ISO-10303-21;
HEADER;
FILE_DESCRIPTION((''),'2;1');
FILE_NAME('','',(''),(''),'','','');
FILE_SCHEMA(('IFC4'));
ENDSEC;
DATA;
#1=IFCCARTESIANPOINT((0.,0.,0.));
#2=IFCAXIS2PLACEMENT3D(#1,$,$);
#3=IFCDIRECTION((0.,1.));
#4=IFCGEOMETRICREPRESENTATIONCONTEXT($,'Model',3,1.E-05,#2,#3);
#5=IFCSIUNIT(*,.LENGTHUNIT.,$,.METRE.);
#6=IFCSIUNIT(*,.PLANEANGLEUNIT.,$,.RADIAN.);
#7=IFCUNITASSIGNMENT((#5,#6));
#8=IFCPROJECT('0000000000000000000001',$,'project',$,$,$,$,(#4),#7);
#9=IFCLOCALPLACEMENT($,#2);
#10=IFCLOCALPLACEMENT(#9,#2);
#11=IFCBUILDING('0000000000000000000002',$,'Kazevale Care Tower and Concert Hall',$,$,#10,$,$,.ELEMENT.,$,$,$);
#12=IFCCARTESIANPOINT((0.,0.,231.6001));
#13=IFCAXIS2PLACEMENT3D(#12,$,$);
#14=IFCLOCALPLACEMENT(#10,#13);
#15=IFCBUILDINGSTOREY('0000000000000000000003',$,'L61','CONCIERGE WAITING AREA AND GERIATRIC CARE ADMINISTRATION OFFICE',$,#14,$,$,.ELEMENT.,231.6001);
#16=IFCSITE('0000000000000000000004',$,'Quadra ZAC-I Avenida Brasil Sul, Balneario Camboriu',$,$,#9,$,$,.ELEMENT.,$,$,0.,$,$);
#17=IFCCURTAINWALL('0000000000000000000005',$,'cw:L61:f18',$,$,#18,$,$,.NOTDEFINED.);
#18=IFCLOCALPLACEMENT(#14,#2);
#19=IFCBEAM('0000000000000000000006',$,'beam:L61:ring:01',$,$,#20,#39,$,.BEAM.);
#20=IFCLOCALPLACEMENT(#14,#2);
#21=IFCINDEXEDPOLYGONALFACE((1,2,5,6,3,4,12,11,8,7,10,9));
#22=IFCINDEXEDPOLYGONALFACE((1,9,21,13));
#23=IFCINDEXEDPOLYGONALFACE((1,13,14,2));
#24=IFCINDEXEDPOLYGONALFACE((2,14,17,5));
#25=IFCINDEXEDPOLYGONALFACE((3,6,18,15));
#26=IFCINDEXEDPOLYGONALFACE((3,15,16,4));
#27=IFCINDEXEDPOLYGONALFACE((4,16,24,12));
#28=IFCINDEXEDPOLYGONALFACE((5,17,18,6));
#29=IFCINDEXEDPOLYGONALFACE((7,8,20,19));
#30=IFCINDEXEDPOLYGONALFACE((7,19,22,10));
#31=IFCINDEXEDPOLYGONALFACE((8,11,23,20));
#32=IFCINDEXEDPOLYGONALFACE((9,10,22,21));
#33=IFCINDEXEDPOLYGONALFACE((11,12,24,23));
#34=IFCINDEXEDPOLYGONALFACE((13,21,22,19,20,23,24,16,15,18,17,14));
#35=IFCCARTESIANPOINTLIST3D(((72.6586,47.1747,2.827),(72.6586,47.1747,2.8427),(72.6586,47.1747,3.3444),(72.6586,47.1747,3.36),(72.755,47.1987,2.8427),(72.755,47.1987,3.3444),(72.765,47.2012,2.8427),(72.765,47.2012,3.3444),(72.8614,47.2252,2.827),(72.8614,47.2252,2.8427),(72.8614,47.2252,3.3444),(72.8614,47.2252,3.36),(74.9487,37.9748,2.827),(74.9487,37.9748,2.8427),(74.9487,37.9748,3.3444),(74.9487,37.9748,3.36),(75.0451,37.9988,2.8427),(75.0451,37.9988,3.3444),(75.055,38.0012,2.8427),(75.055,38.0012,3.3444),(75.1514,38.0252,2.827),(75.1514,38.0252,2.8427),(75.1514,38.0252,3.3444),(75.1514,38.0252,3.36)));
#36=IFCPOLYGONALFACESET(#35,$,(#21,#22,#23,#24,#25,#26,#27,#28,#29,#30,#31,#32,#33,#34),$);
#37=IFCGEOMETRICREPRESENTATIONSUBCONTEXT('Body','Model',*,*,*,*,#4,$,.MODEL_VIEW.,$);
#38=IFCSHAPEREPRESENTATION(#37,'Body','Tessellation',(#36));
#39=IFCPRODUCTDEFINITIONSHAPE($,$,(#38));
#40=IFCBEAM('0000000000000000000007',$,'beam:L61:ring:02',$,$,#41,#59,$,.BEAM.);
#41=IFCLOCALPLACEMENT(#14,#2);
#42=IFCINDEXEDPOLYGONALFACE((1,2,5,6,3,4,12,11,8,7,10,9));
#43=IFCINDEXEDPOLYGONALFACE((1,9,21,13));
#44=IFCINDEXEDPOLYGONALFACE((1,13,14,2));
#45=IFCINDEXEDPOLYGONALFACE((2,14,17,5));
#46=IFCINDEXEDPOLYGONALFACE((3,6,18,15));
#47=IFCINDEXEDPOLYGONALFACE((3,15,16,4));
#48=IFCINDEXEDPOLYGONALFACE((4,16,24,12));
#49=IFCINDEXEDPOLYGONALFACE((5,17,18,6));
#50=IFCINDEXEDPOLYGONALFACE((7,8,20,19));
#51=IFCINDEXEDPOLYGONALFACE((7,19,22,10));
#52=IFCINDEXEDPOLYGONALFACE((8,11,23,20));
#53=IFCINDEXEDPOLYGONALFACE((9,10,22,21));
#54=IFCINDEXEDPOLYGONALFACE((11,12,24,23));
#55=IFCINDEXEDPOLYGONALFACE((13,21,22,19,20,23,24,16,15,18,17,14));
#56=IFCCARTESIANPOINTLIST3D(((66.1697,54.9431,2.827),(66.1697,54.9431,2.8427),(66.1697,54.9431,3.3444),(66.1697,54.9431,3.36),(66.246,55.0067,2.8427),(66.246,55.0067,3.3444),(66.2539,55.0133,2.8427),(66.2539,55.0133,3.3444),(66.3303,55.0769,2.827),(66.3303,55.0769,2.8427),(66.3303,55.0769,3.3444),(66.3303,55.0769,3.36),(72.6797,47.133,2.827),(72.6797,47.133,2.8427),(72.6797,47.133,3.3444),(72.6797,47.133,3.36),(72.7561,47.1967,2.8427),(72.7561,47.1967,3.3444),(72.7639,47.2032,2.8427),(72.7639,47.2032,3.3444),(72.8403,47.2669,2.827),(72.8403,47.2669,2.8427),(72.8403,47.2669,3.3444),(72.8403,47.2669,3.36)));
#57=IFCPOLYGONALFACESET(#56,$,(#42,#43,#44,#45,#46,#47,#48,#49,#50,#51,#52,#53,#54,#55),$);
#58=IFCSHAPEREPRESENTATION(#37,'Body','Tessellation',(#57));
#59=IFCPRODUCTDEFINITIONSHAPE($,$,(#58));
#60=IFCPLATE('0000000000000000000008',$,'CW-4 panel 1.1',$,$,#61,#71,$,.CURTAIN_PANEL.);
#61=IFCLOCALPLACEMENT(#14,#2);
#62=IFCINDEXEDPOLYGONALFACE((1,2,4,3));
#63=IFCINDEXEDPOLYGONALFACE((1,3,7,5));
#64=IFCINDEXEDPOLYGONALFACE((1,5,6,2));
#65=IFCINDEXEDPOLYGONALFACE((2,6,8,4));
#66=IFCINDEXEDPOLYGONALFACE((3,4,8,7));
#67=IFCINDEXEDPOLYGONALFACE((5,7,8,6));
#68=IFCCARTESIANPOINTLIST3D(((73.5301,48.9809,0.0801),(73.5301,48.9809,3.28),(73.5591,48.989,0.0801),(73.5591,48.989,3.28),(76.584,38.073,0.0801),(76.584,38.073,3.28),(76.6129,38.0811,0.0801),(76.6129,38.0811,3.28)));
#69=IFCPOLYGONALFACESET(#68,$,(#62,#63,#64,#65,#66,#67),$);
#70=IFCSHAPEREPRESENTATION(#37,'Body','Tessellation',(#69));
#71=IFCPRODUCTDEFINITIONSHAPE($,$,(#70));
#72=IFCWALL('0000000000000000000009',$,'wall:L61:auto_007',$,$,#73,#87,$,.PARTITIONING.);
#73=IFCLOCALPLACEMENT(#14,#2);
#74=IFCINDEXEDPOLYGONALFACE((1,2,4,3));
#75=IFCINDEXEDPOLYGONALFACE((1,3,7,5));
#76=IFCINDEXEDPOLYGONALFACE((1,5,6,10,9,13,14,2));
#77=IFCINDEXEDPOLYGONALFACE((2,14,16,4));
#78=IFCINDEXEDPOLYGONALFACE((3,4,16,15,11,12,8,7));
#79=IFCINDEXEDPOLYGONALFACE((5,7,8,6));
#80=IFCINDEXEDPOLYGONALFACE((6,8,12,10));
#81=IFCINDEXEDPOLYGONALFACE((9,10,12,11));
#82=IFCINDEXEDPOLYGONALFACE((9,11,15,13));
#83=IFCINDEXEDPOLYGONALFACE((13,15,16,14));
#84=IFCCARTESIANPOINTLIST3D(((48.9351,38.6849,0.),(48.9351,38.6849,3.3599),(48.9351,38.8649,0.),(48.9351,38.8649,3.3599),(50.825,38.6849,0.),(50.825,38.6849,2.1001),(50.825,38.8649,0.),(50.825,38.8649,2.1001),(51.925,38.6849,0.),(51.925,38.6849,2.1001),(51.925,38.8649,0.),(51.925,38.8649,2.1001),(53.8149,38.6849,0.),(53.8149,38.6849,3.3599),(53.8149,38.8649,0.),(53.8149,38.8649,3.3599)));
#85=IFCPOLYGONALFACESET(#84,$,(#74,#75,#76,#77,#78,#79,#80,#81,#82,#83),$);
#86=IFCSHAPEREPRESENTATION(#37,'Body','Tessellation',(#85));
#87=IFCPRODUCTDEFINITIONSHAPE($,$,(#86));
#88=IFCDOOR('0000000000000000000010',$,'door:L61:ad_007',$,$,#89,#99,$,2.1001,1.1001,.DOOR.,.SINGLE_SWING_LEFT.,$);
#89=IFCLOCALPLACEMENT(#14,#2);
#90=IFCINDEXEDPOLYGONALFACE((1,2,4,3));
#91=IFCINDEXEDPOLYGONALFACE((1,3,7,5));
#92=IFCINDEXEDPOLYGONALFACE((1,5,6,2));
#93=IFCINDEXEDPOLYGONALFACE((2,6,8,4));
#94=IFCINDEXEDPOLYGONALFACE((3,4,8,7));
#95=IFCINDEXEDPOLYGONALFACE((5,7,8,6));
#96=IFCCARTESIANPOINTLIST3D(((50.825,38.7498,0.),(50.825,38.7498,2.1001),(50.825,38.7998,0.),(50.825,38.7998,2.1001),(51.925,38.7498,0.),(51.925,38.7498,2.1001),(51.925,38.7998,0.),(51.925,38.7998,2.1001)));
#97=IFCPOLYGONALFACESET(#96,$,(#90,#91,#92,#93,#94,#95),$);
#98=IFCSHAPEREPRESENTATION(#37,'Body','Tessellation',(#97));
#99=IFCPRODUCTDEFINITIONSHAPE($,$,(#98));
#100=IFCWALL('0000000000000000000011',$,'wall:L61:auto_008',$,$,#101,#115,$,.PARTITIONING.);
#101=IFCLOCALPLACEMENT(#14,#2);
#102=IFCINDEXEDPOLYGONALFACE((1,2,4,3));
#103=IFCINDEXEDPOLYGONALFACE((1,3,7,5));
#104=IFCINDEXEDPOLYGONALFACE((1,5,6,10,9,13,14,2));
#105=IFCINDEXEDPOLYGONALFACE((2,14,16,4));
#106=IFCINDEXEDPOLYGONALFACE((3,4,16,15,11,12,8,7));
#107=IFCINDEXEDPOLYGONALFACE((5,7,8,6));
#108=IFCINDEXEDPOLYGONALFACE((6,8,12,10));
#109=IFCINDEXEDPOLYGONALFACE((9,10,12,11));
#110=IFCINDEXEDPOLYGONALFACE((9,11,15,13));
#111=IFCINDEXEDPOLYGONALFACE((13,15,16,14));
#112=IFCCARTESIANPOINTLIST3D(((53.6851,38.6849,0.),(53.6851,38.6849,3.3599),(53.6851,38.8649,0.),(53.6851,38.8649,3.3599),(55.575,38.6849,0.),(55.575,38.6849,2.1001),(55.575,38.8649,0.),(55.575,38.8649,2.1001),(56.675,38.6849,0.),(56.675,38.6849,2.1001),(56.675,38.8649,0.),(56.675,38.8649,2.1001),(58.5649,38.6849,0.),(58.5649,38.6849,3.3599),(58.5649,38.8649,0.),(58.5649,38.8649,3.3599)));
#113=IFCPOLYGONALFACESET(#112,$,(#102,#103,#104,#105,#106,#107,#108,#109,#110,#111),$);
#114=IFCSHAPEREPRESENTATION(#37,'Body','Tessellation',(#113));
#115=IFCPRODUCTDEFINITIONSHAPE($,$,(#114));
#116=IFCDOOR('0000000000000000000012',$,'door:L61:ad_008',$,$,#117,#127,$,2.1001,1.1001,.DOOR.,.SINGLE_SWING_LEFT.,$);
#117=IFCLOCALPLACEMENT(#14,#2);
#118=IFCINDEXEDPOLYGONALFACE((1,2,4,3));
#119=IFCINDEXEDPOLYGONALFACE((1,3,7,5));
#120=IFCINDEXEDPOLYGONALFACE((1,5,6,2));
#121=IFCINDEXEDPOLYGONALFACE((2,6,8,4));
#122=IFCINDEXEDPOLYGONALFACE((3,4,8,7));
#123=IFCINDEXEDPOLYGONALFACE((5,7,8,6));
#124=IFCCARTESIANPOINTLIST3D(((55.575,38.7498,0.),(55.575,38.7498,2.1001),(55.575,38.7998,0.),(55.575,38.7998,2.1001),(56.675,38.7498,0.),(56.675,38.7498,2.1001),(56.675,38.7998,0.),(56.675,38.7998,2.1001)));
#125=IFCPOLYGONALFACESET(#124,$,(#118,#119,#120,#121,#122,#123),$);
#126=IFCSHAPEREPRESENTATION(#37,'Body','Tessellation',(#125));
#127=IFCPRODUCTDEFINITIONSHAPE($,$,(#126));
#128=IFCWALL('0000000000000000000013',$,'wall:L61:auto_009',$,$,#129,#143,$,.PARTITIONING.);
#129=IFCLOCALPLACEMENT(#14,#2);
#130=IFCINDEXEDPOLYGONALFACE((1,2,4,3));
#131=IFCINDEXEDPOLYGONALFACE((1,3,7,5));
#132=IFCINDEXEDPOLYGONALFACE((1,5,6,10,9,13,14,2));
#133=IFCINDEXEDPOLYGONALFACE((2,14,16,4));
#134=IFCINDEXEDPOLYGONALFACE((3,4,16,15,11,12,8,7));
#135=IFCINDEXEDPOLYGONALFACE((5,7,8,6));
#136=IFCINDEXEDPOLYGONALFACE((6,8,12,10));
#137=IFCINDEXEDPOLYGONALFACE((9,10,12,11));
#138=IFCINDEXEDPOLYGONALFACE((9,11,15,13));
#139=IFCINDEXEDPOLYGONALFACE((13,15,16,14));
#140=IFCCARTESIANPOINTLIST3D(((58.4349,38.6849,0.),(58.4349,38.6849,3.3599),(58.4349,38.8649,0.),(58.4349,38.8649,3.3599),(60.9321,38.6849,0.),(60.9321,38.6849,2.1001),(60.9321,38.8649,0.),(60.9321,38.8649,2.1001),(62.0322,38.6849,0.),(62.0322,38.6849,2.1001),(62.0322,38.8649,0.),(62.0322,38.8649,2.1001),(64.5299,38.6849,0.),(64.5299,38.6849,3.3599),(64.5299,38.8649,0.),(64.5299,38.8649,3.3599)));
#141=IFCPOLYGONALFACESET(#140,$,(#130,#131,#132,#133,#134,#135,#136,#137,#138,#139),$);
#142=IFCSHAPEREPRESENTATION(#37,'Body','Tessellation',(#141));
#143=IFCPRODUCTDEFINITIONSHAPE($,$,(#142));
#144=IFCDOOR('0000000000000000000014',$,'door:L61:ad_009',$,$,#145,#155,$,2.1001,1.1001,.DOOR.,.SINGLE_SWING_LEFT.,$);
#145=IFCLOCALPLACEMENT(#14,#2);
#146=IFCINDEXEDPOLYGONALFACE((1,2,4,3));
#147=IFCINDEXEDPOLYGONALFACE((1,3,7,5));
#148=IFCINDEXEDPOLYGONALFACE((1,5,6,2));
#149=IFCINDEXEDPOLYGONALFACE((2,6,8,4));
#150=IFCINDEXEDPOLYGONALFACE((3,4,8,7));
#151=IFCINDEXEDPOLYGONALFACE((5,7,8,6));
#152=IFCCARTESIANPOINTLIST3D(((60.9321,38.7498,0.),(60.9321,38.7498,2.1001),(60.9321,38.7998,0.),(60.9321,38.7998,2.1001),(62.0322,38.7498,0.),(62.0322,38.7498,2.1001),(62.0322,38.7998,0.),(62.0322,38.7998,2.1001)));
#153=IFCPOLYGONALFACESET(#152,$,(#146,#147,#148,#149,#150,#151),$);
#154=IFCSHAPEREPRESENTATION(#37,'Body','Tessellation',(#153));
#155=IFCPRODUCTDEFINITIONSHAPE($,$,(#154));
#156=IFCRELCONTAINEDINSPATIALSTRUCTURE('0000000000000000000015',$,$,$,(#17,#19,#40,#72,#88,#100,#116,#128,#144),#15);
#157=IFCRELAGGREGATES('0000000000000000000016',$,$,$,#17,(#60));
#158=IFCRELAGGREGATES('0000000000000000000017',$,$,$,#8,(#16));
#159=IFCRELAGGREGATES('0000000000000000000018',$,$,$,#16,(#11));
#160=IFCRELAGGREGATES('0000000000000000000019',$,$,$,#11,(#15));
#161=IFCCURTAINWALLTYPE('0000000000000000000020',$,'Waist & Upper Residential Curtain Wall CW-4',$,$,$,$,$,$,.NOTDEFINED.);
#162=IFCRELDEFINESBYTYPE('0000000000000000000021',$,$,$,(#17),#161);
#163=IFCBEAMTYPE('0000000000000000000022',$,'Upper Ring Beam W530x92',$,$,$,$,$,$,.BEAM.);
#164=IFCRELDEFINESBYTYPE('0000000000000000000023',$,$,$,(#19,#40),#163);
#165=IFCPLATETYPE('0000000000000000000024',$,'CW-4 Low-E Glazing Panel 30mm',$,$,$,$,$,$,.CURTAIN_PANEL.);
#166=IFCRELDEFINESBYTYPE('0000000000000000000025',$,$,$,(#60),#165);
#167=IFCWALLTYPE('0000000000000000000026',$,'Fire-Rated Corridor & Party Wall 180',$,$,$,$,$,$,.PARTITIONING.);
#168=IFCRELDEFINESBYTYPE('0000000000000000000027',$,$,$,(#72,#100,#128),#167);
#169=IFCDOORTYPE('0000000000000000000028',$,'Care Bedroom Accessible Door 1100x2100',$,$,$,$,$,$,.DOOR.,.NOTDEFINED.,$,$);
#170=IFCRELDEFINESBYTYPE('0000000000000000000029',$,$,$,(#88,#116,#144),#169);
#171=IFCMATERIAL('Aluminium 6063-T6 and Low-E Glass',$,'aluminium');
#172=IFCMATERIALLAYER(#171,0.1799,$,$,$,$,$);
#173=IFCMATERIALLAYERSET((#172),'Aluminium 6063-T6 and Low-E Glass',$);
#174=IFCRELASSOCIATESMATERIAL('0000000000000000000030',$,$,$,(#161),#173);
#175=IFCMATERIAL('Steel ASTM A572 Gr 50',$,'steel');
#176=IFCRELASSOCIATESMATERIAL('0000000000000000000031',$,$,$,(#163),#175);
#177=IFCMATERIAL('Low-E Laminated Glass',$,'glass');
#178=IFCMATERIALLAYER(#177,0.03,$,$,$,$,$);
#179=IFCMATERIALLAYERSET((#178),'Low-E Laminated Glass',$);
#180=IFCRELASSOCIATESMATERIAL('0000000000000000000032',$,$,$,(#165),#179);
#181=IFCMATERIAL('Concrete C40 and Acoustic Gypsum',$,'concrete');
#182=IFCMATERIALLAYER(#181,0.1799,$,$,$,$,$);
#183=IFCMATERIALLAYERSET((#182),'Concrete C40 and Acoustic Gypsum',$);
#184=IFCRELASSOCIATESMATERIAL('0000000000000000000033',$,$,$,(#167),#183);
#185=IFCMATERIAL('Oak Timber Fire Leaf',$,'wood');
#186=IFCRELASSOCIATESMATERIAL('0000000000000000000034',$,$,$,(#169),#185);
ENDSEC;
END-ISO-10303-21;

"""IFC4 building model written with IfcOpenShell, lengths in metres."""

from ifc_helpers import new_model, si_unit, direction, frame, frame_2d, origin, origin_2d, place, context, subcontext, project, spatial, rectangle, i_section, extrude, material, layer, layer_set, material_profile, profile_set, type_object, element, fill, aggregate, save


model = new_model("IFC4")

# Units and contexts
model_context = context("Model", 3, precision=1e-05, world=origin(), true_north=direction((0.0, 1.0)))
body_context = subcontext(model_context, "Body", "Model", "MODEL_VIEW")
ifc_project = project(units=[si_unit("LENGTHUNIT", "METRE"), si_unit("PLANEANGLEUNIT", "RADIAN")], contexts=[model_context])

# Site, building, storey
site_placement = place(None, origin())
site = spatial("IfcSite", under=ifc_project, at=site_placement, Name="Quadra ZAC-I Avenida Brasil Sul, Balneario Camboriu", CompositionType="ELEMENT", RefElevation=0.0)
building_placement = place(site_placement, origin())
building = spatial("IfcBuilding", under=site, at=building_placement, Name="Kazevale Care Tower and Concert Hall", CompositionType="ELEMENT")
storey_placement = place(building_placement, frame((0.0, 0.0, 231.6001)))
storey = spatial("IfcBuildingStorey", under=building, at=storey_placement, Name="L61", Description="CONCIERGE WAITING AREA AND GERIATRIC CARE ADMINISTRATION OFFICE", CompositionType="ELEMENT", Elevation=231.6001)

# Curtain wall
ifc_material_1 = material(Name="Aluminium 6063-T6 and Low-E Glass", Category="aluminium")
ifc_layer_1 = layer(ifc_material_1, 0.1799)
ifc_layer_set_1 = layer_set([ifc_layer_1], Name="Aluminium 6063-T6 and Low-E Glass")
curtain_wall_type = type_object("IfcCurtainWallType", Name="Waist & Upper Residential Curtain Wall CW-4", PredefinedType="NOTDEFINED", material=ifc_layer_set_1)
curtain_wall_placement = place(storey_placement, origin())
curtain_wall = element("IfcCurtainWall", 1, at=curtain_wall_placement, inside=storey, type_object=curtain_wall_type, Name="cw:L61:f18", PredefinedType="NOTDEFINED")

# Beams
ifc_material_2 = material(Name="Steel ASTM A572 Gr 50", Category="steel")
ifc_material_profile_1 = material_profile(ifc_material_2, i_section(OverallWidth=0.209, OverallDepth=0.533, WebThickness=0.0103, FlangeThickness=0.0156, at=origin_2d()), Name="W530x92")
ifc_profile_set_1 = profile_set([ifc_material_profile_1], Name="Steel ASTM A572 Gr 50")
beam_type_1 = type_object("IfcBeamType", Name="Upper Ring Beam W530x92", PredefinedType="BEAM", material=ifc_profile_set_1)
beam_1_placement = place(storey_placement, frame((75.05, 38.0, 3.0935), z_axis=(-0.241548, 0.970389, 0.0), x_axis=(-0.970389, -0.241548, 0.0)))
element("IfcBeam", 2, at=beam_1_placement, inside=storey, type_object=beam_type_1, Name="beam:L61:ring:01", PredefinedType="BEAM", context=body_context, shape_type="SweptSolid", body=[
    extrude(i_section(OverallWidth=0.209, OverallDepth=0.533, WebThickness=0.0103, FlangeThickness=0.0156, at=origin_2d()), origin(), (0.0, 0.0, 1.0), 9.4807),
])
beam_2_placement = place(storey_placement, frame((72.76, 47.2, 3.0935), z_axis=(-0.640279, 0.768143, 0.0), x_axis=(-0.768143, -0.640279, 0.0)))
element("IfcBeam", 3, at=beam_2_placement, inside=storey, type_object=beam_type_1, Name="beam:L61:ring:02", PredefinedType="BEAM", context=body_context, shape_type="SweptSolid", body=[
    extrude(i_section(OverallWidth=0.209, OverallDepth=0.533, WebThickness=0.0103, FlangeThickness=0.0156, at=origin_2d()), origin(), (0.0, 0.0, 1.0), 10.1675),
])

# Plate
ifc_material_3 = material(Name="Low-E Laminated Glass", Category="glass")
ifc_layer_2 = layer(ifc_material_3, 0.03)
ifc_layer_set_2 = layer_set([ifc_layer_2], Name="Low-E Laminated Glass")
plate_type = type_object("IfcPlateType", Name="CW-4 Low-E Glazing Panel 30mm", PredefinedType="CURTAIN_PANEL", material=ifc_layer_set_2)
plate_placement = place(storey_placement, frame((75.0715, 43.531, 0.0801), z_axis=(0.0, 0.0, 1.0), x_axis=(0.269601, -0.962972, 0.0)))
plate = element("IfcPlate", 4, at=plate_placement, type_object=plate_type, Name="CW-4 panel 1.1", PredefinedType="CURTAIN_PANEL", context=body_context, shape_type="SweptSolid", body=[
    extrude(rectangle(XDim=11.3274, YDim=0.03, at=origin_2d()), origin(), (0.0, 0.0, 1.0), 3.2),
])
aggregate(curtain_wall, [plate])

# Walls, openings, doors
ifc_material_4 = material(Name="Concrete C40 and Acoustic Gypsum", Category="concrete")
ifc_layer_3 = layer(ifc_material_4, 0.1799)
ifc_layer_set_3 = layer_set([ifc_layer_3], Name="Concrete C40 and Acoustic Gypsum")
wall_type_1 = type_object("IfcWallType", Name="Fire-Rated Corridor & Party Wall 180", PredefinedType="PARTITIONING", material=ifc_layer_set_3)
wall_1_placement = place(storey_placement, frame((48.9351, 38.7749, 0.0), z_axis=(0.0, 0.0, 1.0), x_axis=(1.0, 0.0, 0.0)))
wall_1 = element("IfcWall", 5, at=wall_1_placement, inside=storey, type_object=wall_type_1, Name="wall:L61:auto_007", PredefinedType="PARTITIONING", context=body_context, shape_type="SweptSolid", body=[
    extrude(rectangle(XDim=4.8799, YDim=0.1799, at=frame_2d((2.4399, 0.0))), origin(), (0.0, 0.0, 1.0), 3.3599),
])
opening_1_placement = place(wall_1_placement, frame((1.8899, 0.0, 0.0)))
opening_1 = element("IfcOpeningElement", 6, at=opening_1_placement, cuts=wall_1, PredefinedType="OPENING", context=body_context, shape_type="SweptSolid", body=[
    extrude(rectangle(XDim=1.1001, YDim=2.1001, at=frame_2d((0.55, 1.05))), frame((0.0, 0.0999, 0.0), z_axis=(0.0, -1.0, 0.0), x_axis=(1.0, 0.0, 0.0)), (0.0, 0.0, 1.0), 0.2),
])
ifc_material_5 = material(Name="Oak Timber Fire Leaf", Category="wood")
door_type = type_object("IfcDoorType", Name="Care Bedroom Accessible Door 1100x2100", OperationType="NOTDEFINED", PredefinedType="DOOR", material=ifc_material_5)
door_1_placement = place(opening_1_placement, origin())
door_1 = element("IfcDoor", 7, at=door_1_placement, inside=storey, type_object=door_type, Name="door:L61:ad_007", OperationType="SINGLE_SWING_LEFT", OverallHeight=2.1001, OverallWidth=1.1001, PredefinedType="DOOR", context=body_context, shape_type="SweptSolid", body=[
    extrude(rectangle(XDim=1.1001, YDim=2.1001, at=frame_2d((0.55, 1.05))), frame((0.0, 0.0249, 0.0), z_axis=(0.0, -1.0, 0.0), x_axis=(1.0, 0.0, 0.0)), (0.0, 0.0, 1.0), 0.05),
])
fill(opening_1, door_1)
wall_2_placement = place(storey_placement, frame((53.6851, 38.7749, 0.0), z_axis=(0.0, 0.0, 1.0), x_axis=(1.0, 0.0, 0.0)))
wall_2 = element("IfcWall", 8, at=wall_2_placement, inside=storey, type_object=wall_type_1, Name="wall:L61:auto_008", PredefinedType="PARTITIONING", context=body_context, shape_type="SweptSolid", body=[
    extrude(rectangle(XDim=4.8799, YDim=0.1799, at=frame_2d((2.4399, 0.0))), origin(), (0.0, 0.0, 1.0), 3.3599),
])
opening_2_placement = place(wall_2_placement, frame((1.8899, 0.0, 0.0)))
opening_2 = element("IfcOpeningElement", 9, at=opening_2_placement, cuts=wall_2, PredefinedType="OPENING", context=body_context, shape_type="SweptSolid", body=[
    extrude(rectangle(XDim=1.1001, YDim=2.1001, at=frame_2d((0.55, 1.05))), frame((0.0, 0.0999, 0.0), z_axis=(0.0, -1.0, 0.0), x_axis=(1.0, 0.0, 0.0)), (0.0, 0.0, 1.0), 0.2),
])
door_2_placement = place(opening_2_placement, origin())
door_2 = element("IfcDoor", 10, at=door_2_placement, inside=storey, type_object=door_type, Name="door:L61:ad_008", OperationType="SINGLE_SWING_LEFT", OverallHeight=2.1001, OverallWidth=1.1001, PredefinedType="DOOR", context=body_context, shape_type="SweptSolid", body=[
    extrude(rectangle(XDim=1.1001, YDim=2.1001, at=frame_2d((0.55, 1.05))), frame((0.0, 0.0249, 0.0), z_axis=(0.0, -1.0, 0.0), x_axis=(1.0, 0.0, 0.0)), (0.0, 0.0, 1.0), 0.05),
])
fill(opening_2, door_2)
wall_3_placement = place(storey_placement, frame((58.4351, 38.7749, 0.0), z_axis=(0.0, 0.0, 1.0), x_axis=(1.0, 0.0, 0.0)))
wall_3 = element("IfcWall", 11, at=wall_3_placement, inside=storey, type_object=wall_type_1, Name="wall:L61:auto_009", PredefinedType="PARTITIONING", context=body_context, shape_type="SweptSolid", body=[
    extrude(rectangle(XDim=6.095, YDim=0.1799, at=frame_2d((3.0474, 0.0))), origin(), (0.0, 0.0, 1.0), 3.3599),
])
opening_3_placement = place(wall_3_placement, frame((2.4971, 0.0, 0.0)))
opening_3 = element("IfcOpeningElement", 12, at=opening_3_placement, cuts=wall_3, PredefinedType="OPENING", context=body_context, shape_type="SweptSolid", body=[
    extrude(rectangle(XDim=1.1001, YDim=2.1001, at=frame_2d((0.55, 1.05))), frame((0.0, 0.0999, 0.0), z_axis=(0.0, -1.0, 0.0), x_axis=(1.0, 0.0, 0.0)), (0.0, 0.0, 1.0), 0.2),
])
door_3_placement = place(opening_3_placement, origin())
door_3 = element("IfcDoor", 13, at=door_3_placement, inside=storey, type_object=door_type, Name="door:L61:ad_009", OperationType="SINGLE_SWING_LEFT", OverallHeight=2.1001, OverallWidth=1.1001, PredefinedType="DOOR", context=body_context, shape_type="SweptSolid", body=[
    extrude(rectangle(XDim=1.1001, YDim=2.1001, at=frame_2d((0.55, 1.05))), frame((0.0, 0.0249, 0.0), z_axis=(0.0, -1.0, 0.0), x_axis=(1.0, 0.0, 0.0)), (0.0, 0.0, 1.0), 0.05),
])
fill(opening_3, door_3)

save(model, "model.ifc")
